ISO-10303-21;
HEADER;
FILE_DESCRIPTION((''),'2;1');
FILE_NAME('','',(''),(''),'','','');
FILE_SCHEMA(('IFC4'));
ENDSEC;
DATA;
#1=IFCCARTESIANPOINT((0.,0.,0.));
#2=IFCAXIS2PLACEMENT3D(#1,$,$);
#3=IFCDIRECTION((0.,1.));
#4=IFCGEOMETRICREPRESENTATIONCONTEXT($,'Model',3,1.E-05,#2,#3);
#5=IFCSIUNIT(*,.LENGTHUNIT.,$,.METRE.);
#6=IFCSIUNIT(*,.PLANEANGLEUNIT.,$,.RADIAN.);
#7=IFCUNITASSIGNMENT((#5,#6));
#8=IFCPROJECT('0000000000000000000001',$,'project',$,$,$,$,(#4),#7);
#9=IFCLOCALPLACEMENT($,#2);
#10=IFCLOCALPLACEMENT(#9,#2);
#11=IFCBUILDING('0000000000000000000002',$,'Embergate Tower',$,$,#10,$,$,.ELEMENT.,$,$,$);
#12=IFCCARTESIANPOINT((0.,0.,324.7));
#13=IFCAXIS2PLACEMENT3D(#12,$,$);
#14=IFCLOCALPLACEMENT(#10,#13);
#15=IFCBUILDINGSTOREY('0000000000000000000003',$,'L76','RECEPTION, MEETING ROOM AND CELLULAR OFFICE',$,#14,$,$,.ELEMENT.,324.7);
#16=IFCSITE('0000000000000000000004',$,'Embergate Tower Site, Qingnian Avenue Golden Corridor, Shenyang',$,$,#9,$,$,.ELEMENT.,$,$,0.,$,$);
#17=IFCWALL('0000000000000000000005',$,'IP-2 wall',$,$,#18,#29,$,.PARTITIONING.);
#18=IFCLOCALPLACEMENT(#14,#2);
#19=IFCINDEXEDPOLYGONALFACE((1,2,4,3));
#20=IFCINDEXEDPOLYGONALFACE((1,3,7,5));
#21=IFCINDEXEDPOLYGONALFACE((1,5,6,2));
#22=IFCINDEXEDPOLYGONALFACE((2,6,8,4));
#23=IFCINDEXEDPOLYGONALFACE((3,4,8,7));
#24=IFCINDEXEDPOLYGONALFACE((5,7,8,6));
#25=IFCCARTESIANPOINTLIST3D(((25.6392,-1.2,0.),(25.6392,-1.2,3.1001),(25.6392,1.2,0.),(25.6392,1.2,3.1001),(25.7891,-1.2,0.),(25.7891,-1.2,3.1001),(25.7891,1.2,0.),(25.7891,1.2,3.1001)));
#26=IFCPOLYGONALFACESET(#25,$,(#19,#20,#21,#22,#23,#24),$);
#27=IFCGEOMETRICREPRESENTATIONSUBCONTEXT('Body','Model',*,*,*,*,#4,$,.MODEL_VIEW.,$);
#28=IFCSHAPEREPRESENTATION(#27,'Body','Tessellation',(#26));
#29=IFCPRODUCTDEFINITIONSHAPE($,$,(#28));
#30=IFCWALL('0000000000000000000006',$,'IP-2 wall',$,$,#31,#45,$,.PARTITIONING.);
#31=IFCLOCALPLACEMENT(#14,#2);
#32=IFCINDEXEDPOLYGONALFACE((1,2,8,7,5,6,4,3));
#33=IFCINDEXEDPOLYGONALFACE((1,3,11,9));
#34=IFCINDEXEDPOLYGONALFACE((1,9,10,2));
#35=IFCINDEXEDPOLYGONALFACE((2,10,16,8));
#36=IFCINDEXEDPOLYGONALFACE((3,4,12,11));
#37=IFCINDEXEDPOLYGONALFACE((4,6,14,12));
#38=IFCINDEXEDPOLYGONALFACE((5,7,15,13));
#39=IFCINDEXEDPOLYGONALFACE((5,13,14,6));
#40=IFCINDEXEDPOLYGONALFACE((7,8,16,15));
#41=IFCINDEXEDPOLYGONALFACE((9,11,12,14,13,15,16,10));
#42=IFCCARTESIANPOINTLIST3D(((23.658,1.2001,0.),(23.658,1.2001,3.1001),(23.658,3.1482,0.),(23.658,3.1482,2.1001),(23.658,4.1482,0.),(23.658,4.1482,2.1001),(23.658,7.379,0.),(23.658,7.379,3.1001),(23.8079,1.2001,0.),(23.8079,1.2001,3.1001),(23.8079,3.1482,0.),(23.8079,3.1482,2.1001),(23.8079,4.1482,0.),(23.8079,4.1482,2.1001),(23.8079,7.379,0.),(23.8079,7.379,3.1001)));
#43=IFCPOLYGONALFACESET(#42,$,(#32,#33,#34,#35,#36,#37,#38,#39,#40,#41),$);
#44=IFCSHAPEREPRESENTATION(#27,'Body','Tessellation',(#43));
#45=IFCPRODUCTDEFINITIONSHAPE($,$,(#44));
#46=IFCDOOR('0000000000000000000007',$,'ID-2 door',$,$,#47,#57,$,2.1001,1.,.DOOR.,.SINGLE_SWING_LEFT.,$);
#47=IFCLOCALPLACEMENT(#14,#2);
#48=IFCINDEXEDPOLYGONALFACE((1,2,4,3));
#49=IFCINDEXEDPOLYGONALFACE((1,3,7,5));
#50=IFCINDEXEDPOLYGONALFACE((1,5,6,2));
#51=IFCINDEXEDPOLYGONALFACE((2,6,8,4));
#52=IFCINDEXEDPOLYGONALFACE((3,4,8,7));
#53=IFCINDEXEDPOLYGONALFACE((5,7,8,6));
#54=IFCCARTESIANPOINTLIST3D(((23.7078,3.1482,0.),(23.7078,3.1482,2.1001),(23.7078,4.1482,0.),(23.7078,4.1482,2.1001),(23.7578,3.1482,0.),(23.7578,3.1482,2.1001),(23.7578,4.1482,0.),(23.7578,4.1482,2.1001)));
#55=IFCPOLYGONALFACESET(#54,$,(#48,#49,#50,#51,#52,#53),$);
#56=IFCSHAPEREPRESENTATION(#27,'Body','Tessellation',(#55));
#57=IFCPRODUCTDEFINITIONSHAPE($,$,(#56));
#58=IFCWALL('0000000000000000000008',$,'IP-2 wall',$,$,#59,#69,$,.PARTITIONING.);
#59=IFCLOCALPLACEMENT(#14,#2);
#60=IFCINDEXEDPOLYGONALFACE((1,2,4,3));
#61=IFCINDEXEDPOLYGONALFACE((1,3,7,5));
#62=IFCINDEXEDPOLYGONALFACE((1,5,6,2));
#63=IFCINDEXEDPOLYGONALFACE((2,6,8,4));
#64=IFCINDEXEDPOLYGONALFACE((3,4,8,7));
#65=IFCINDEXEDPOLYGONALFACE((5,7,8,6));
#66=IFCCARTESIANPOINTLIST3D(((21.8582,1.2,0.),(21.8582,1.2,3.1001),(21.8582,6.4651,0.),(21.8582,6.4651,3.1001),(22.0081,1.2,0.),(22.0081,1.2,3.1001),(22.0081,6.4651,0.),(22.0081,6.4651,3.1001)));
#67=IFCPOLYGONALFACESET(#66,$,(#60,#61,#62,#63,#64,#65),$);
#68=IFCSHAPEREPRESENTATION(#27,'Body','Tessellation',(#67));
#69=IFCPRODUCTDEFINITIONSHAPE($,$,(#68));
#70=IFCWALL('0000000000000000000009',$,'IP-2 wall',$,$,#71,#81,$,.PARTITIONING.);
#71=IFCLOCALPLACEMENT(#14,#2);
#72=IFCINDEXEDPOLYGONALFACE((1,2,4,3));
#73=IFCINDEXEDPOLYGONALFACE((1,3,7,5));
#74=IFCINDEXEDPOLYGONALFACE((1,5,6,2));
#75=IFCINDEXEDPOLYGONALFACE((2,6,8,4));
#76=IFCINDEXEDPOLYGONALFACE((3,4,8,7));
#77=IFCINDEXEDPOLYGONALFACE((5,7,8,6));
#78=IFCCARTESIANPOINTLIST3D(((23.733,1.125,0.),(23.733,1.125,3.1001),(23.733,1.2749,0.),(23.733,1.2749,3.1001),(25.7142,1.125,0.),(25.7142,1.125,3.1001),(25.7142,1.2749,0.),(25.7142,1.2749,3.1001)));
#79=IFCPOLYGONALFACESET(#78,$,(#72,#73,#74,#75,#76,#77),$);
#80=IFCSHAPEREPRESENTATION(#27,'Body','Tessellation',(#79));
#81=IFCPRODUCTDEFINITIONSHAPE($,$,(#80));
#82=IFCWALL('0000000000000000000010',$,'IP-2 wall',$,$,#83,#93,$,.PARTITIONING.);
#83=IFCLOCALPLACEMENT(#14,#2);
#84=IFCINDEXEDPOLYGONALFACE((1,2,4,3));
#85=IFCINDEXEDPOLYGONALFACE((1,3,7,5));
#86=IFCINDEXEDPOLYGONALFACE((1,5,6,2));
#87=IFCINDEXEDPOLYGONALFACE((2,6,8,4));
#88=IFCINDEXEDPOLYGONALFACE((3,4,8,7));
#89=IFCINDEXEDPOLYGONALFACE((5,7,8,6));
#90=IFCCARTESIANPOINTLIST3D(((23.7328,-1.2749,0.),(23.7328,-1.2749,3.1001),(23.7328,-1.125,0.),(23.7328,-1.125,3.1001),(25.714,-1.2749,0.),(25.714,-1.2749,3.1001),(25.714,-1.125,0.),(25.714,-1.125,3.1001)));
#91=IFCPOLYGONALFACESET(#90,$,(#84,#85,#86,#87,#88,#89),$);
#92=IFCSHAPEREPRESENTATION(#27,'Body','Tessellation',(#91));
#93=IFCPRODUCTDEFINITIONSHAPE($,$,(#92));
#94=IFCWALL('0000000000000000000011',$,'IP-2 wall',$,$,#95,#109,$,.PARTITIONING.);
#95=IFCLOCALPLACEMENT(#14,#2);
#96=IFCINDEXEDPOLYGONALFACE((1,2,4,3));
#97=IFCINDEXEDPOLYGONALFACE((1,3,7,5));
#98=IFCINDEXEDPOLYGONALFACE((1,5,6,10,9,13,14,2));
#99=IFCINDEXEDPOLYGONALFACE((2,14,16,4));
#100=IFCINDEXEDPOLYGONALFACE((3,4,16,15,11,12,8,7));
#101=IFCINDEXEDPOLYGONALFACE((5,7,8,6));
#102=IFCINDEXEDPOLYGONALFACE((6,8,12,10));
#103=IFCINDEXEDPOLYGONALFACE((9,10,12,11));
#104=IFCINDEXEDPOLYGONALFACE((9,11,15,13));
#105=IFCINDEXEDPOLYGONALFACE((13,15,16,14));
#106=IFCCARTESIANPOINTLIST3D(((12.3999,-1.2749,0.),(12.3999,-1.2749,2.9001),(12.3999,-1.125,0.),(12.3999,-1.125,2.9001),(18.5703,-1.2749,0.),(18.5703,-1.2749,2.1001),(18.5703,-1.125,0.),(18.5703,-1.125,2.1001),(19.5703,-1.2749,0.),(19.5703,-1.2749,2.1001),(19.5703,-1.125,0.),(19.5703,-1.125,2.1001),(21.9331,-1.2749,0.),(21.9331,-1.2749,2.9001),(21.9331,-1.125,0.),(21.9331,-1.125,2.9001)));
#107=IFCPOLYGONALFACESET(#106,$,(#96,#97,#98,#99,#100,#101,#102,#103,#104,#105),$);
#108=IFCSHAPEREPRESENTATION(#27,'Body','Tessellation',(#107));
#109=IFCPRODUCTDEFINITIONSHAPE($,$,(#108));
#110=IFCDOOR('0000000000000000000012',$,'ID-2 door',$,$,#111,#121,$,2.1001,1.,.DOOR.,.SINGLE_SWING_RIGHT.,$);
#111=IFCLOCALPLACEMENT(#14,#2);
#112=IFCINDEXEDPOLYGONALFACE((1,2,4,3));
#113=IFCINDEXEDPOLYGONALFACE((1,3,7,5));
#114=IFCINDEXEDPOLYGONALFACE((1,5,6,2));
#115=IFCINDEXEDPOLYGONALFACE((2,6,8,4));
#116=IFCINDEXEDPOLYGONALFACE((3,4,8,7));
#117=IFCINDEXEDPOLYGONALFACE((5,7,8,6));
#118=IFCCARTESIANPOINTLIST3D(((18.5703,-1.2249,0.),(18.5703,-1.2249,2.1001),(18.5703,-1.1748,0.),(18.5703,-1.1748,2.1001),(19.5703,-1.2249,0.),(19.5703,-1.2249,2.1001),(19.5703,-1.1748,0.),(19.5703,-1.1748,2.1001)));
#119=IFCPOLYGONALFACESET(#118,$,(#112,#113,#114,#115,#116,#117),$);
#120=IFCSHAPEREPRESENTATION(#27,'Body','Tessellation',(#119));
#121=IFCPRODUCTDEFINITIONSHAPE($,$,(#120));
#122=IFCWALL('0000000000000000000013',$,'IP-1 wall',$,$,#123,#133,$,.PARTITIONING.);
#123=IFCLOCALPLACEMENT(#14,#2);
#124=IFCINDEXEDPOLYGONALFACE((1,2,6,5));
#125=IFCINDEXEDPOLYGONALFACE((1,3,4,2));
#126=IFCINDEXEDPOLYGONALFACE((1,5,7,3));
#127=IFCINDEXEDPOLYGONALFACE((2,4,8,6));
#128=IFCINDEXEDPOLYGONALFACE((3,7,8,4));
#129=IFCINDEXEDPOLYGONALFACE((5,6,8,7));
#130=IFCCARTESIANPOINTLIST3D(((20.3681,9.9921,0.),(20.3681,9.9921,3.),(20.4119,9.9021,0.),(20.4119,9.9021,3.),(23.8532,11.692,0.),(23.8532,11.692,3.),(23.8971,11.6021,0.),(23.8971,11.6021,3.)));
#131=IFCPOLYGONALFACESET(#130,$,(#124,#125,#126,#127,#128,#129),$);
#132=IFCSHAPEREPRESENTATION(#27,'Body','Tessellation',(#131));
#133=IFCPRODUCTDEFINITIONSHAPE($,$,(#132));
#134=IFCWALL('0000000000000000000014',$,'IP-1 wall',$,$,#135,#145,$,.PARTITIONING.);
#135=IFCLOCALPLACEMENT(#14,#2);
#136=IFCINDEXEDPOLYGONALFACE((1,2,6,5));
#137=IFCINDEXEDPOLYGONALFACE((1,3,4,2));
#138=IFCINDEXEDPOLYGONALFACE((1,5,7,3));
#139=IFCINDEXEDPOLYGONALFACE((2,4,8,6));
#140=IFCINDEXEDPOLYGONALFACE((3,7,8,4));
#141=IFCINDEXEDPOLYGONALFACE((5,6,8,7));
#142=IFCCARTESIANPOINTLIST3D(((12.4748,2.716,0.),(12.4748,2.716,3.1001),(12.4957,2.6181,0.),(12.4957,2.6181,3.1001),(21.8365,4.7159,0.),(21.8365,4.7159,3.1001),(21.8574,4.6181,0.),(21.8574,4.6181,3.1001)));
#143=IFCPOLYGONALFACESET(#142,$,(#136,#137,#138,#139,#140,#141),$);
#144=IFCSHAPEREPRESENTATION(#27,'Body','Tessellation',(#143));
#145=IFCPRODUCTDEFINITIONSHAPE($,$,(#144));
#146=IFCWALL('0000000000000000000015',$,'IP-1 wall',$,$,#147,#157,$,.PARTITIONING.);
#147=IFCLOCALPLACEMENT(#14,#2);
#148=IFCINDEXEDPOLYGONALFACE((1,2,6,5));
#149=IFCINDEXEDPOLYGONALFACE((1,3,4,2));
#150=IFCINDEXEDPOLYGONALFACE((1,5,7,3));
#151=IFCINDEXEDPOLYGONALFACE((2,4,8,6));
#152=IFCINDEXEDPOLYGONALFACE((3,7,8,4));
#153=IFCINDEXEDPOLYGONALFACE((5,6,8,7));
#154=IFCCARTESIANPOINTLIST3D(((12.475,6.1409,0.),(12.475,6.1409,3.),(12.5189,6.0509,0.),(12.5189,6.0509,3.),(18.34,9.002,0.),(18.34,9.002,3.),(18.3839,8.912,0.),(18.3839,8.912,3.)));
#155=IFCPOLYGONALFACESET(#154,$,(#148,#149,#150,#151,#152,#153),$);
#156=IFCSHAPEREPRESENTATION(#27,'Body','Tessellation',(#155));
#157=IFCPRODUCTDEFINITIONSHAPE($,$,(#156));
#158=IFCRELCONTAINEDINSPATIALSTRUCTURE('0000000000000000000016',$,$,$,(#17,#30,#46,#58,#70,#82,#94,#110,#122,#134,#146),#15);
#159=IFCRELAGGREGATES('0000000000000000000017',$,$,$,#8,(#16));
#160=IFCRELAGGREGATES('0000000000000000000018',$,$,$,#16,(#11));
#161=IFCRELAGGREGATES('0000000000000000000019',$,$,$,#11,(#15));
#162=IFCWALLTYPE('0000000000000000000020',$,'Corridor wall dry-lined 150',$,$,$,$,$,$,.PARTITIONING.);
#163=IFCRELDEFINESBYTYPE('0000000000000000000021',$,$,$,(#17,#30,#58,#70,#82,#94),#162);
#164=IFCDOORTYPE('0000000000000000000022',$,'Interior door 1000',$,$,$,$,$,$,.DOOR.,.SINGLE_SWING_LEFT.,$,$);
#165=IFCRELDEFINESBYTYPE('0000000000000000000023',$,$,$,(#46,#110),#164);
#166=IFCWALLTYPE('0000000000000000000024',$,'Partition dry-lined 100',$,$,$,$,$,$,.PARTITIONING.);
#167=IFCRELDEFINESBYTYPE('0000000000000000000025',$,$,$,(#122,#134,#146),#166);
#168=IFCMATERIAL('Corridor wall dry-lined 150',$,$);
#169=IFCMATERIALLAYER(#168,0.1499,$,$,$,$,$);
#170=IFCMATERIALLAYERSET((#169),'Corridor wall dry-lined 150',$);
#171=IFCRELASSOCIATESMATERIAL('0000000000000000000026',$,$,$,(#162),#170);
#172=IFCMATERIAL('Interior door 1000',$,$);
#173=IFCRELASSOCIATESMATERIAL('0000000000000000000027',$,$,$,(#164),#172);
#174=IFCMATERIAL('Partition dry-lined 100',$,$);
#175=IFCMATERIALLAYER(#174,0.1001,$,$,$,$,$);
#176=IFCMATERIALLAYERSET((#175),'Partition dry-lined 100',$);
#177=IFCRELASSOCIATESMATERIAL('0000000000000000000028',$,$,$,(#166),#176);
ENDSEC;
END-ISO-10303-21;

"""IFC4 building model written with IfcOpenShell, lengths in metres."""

from ifc_helpers import new_model, si_unit, direction, frame, frame_2d, origin, place, context, subcontext, project, spatial, rectangle, extrude, source, transform, mapped, material, layer, layer_set, type_object, element, fill, save


model = new_model("IFC4")

# Units and contexts
model_context = context("Model", 3, precision=1e-05, world=origin(), true_north=direction((0.0, 1.0)))
body_context = subcontext(model_context, "Body", "Model", "MODEL_VIEW")
ifc_project = project(units=[si_unit("LENGTHUNIT", "METRE"), si_unit("PLANEANGLEUNIT", "RADIAN")], contexts=[model_context])

# Site, building, storey
site_placement = place(None, origin())
site = spatial("IfcSite", under=ifc_project, at=site_placement, Name="Embergate Tower Site, Qingnian Avenue Golden Corridor, Shenyang", CompositionType="ELEMENT", RefElevation=0.0)
building_placement = place(site_placement, origin())
building = spatial("IfcBuilding", under=site, at=building_placement, Name="Embergate Tower", CompositionType="ELEMENT")
storey_placement = place(building_placement, frame((0.0, 0.0, 324.7)))
storey = spatial("IfcBuildingStorey", under=building, at=storey_placement, Name="L76", Description="RECEPTION, MEETING ROOM AND CELLULAR OFFICE", CompositionType="ELEMENT", Elevation=324.7)

# Wall
ifc_material_1 = material(Name="Corridor wall dry-lined 150")
ifc_layer_1 = layer(ifc_material_1, 0.1499)
ifc_layer_set_1 = layer_set([ifc_layer_1], Name="Corridor wall dry-lined 150")
wall_type_1 = type_object("IfcWallType", Name="Corridor wall dry-lined 150", PredefinedType="PARTITIONING", material=ifc_layer_set_1)
shared_shape_1 = source(origin(), body_context, "Body", "SweptSolid", [
    extrude(rectangle(XDim=2.3999, YDim=0.1499, at=frame_2d((1.2, 0.0))), origin(), (0.0, 0.0, 1.0), 3.1001),
])
wall_1_placement = place(storey_placement, frame((25.7141, 1.2, 0.0), z_axis=(0.0, 0.0, 1.0), x_axis=(0.0, -1.0, 0.0)))
element("IfcWall", 1, at=wall_1_placement, inside=storey, type_object=wall_type_1, Name="IP-2 wall", PredefinedType="PARTITIONING", context=body_context, shape_type="MappedRepresentation", body=[
    mapped(shared_shape_1, transform((0.0, 0.0, 0.0))),
])

# Wall, opening, door
shared_shape_2 = source(origin(), body_context, "Body", "SweptSolid", [
    extrude(rectangle(XDim=6.179, YDim=0.1499, at=frame_2d((3.0894, 0.0))), origin(), (0.0, 0.0, 1.0), 3.1001),
])
wall_2_placement = place(storey_placement, frame((23.7329, 7.3789, 0.0), z_axis=(0.0, 0.0, 1.0), x_axis=(0.0, -1.0, 0.0)))
wall_2 = element("IfcWall", 2, at=wall_2_placement, inside=storey, type_object=wall_type_1, Name="IP-2 wall", PredefinedType="PARTITIONING", context=body_context, shape_type="MappedRepresentation", body=[
    mapped(shared_shape_2, transform((0.0, 0.0, 0.0))),
])
shared_shape_3 = source(origin(), body_context, "Body", "SweptSolid", [
    extrude(rectangle(XDim=1.0, YDim=2.1001, at=frame_2d((0.5, 1.05))), frame((0.0, 0.085, 0.0), z_axis=(0.0, -1.0, 0.0), x_axis=(1.0, 0.0, 0.0)), (0.0, 0.0, 1.0), 0.1699),
])
opening_1_placement = place(wall_2_placement, frame((3.2307, 0.0, 0.0)))
opening_1 = element("IfcOpeningElement", 3, at=opening_1_placement, cuts=wall_2, PredefinedType="OPENING", context=body_context, shape_type="MappedRepresentation", body=[
    mapped(shared_shape_3, transform((0.0, 0.0, 0.0))),
])
ifc_material_2 = material(Name="Interior door 1000")
door_type = type_object("IfcDoorType", Name="Interior door 1000", OperationType="SINGLE_SWING_LEFT", PredefinedType="DOOR", material=ifc_material_2)
shared_shape_4 = source(origin(), body_context, "Body", "SweptSolid", [
    extrude(rectangle(XDim=1.0, YDim=2.1001, at=frame_2d((0.5, 1.05))), frame((0.0, 0.0249, 0.0), z_axis=(0.0, -1.0, 0.0), x_axis=(1.0, 0.0, 0.0)), (0.0, 0.0, 1.0), 0.05),
])
door_1_placement = place(opening_1_placement, origin())
door_1 = element("IfcDoor", 4, at=door_1_placement, inside=storey, type_object=door_type, Name="ID-2 door", OperationType="SINGLE_SWING_LEFT", OverallHeight=2.1001, OverallWidth=1.0, PredefinedType="DOOR", context=body_context, shape_type="MappedRepresentation", body=[
    mapped(shared_shape_4, transform((0.0, 0.0, 0.0))),
])
fill(opening_1, door_1)

# Walls
shared_shape_5 = source(origin(), body_context, "Body", "SweptSolid", [
    extrude(rectangle(XDim=5.2651, YDim=0.1499, at=frame_2d((2.6326, 0.0))), origin(), (0.0, 0.0, 1.0), 3.1001),
])
wall_3_placement = place(storey_placement, frame((21.9331, 1.2, 0.0), z_axis=(0.0, 0.0, 1.0), x_axis=(0.0, 1.0, 0.0)))
element("IfcWall", 5, at=wall_3_placement, inside=storey, type_object=wall_type_1, Name="IP-2 wall", PredefinedType="PARTITIONING", context=body_context, shape_type="MappedRepresentation", body=[
    mapped(shared_shape_5, transform((0.0, 0.0, 0.0))),
])
shared_shape_6 = source(origin(), body_context, "Body", "SweptSolid", [
    extrude(rectangle(XDim=1.9812, YDim=0.1499, at=frame_2d((0.9907, 0.0))), origin(), (0.0, 0.0, 1.0), 3.1001),
])
for number, where, z_axis, x_axis, name in (
    (6, (23.7329, 1.2, 0.0), (0.0, 0.0, 1.0), (1.0, 0.0, 0.0), "IP-2 wall"),
    (7, (25.7141, -1.2, 0.0), (0.0, 0.0, 1.0), (-1.0, 0.0, 0.0), "IP-2 wall"),
):
    element("IfcWall", number, at=place(storey_placement, frame(where, z_axis=z_axis, x_axis=x_axis)), inside=storey, type_object=wall_type_1, Name=name, PredefinedType="PARTITIONING", context=body_context, shape_type="MappedRepresentation", body=[
        mapped(shared_shape_6, transform((0.0, 0.0, 0.0))),
    ])

# Wall, opening, door
shared_shape_7 = source(origin(), body_context, "Body", "SweptSolid", [
    extrude(rectangle(XDim=9.5332, YDim=0.1499, at=frame_2d((4.7666, 0.0))), origin(), (0.0, 0.0, 1.0), 2.9001),
])
wall_4_placement = place(storey_placement, frame((21.9331, -1.2, 0.0), z_axis=(0.0, 0.0, 1.0), x_axis=(-1.0, 0.0, 0.0)))
wall_4 = element("IfcWall", 8, at=wall_4_placement, inside=storey, type_object=wall_type_1, Name="IP-2 wall", PredefinedType="PARTITIONING", context=body_context, shape_type="MappedRepresentation", body=[
    mapped(shared_shape_7, transform((0.0, 0.0, 0.0))),
])
opening_2_placement = place(wall_4_placement, frame((2.3628, 0.0, 0.0)))
opening_2 = element("IfcOpeningElement", 9, at=opening_2_placement, cuts=wall_4, PredefinedType="OPENING", context=body_context, shape_type="MappedRepresentation", body=[
    mapped(shared_shape_3, transform((0.0, 0.0, 0.0))),
])
door_2_placement = place(opening_2_placement, origin())
door_2 = element("IfcDoor", 10, at=door_2_placement, inside=storey, type_object=door_type, Name="ID-2 door", OperationType="SINGLE_SWING_RIGHT", OverallHeight=2.1001, OverallWidth=1.0, PredefinedType="DOOR", context=body_context, shape_type="MappedRepresentation", body=[
    mapped(shared_shape_4, transform((0.0, 0.0, 0.0))),
])
fill(opening_2, door_2)

# Walls
ifc_material_3 = material(Name="Partition dry-lined 100")
ifc_layer_2 = layer(ifc_material_3, 0.1001)
ifc_layer_set_2 = layer_set([ifc_layer_2], Name="Partition dry-lined 100")
wall_type_2 = type_object("IfcWallType", Name="Partition dry-lined 100", PredefinedType="PARTITIONING", material=ifc_layer_set_2)
shared_shape_8 = source(origin(), body_context, "Body", "SweptSolid", [
    extrude(rectangle(XDim=3.8777, YDim=0.1001, at=frame_2d((1.939, 0.0))), origin(), (0.0, 0.0, 1.0), 3.0),
])
wall_5_placement = place(storey_placement, frame((20.3899, 9.947, 0.0), z_axis=(0.0, 0.0, 1.0), x_axis=(0.898779, 0.438403, 0.0)))
element("IfcWall", 11, at=wall_5_placement, inside=storey, type_object=wall_type_2, Name="IP-1 wall", PredefinedType="PARTITIONING", context=body_context, shape_type="MappedRepresentation", body=[
    mapped(shared_shape_8, transform((0.0, 0.0, 0.0))),
])
shared_shape_9 = source(origin(), body_context, "Body", "SweptSolid", [
    extrude(rectangle(XDim=9.573, YDim=0.1001, at=frame_2d((4.7866, 0.0))), origin(), (0.0, 0.0, 1.0), 3.1001),
])
wall_6_placement = place(storey_placement, frame((12.4851, 2.667, 0.0), z_axis=(0.0, 0.0, 1.0), x_axis=(0.977933, 0.208919, 0.0)))
element("IfcWall", 12, at=wall_6_placement, inside=storey, type_object=wall_type_2, Name="IP-1 wall", PredefinedType="PARTITIONING", context=body_context, shape_type="MappedRepresentation", body=[
    mapped(shared_shape_9, transform((0.0, 0.0, 0.0))),
])
shared_shape_10 = source(origin(), body_context, "Body", "SweptSolid", [
    extrude(rectangle(XDim=6.5256, YDim=0.1001, at=frame_2d((3.2627, 0.0))), origin(), (0.0, 0.0, 1.0), 3.0),
])
wall_7_placement = place(storey_placement, frame((12.4971, 6.0959, 0.0), z_axis=(0.0, 0.0, 1.0), x_axis=(0.898762, 0.438438, 0.0)))
element("IfcWall", 13, at=wall_7_placement, inside=storey, type_object=wall_type_2, Name="IP-1 wall", PredefinedType="PARTITIONING", context=body_context, shape_type="MappedRepresentation", body=[
    mapped(shared_shape_10, transform((0.0, 0.0, 0.0))),
])

save(model, "model.ifc")
